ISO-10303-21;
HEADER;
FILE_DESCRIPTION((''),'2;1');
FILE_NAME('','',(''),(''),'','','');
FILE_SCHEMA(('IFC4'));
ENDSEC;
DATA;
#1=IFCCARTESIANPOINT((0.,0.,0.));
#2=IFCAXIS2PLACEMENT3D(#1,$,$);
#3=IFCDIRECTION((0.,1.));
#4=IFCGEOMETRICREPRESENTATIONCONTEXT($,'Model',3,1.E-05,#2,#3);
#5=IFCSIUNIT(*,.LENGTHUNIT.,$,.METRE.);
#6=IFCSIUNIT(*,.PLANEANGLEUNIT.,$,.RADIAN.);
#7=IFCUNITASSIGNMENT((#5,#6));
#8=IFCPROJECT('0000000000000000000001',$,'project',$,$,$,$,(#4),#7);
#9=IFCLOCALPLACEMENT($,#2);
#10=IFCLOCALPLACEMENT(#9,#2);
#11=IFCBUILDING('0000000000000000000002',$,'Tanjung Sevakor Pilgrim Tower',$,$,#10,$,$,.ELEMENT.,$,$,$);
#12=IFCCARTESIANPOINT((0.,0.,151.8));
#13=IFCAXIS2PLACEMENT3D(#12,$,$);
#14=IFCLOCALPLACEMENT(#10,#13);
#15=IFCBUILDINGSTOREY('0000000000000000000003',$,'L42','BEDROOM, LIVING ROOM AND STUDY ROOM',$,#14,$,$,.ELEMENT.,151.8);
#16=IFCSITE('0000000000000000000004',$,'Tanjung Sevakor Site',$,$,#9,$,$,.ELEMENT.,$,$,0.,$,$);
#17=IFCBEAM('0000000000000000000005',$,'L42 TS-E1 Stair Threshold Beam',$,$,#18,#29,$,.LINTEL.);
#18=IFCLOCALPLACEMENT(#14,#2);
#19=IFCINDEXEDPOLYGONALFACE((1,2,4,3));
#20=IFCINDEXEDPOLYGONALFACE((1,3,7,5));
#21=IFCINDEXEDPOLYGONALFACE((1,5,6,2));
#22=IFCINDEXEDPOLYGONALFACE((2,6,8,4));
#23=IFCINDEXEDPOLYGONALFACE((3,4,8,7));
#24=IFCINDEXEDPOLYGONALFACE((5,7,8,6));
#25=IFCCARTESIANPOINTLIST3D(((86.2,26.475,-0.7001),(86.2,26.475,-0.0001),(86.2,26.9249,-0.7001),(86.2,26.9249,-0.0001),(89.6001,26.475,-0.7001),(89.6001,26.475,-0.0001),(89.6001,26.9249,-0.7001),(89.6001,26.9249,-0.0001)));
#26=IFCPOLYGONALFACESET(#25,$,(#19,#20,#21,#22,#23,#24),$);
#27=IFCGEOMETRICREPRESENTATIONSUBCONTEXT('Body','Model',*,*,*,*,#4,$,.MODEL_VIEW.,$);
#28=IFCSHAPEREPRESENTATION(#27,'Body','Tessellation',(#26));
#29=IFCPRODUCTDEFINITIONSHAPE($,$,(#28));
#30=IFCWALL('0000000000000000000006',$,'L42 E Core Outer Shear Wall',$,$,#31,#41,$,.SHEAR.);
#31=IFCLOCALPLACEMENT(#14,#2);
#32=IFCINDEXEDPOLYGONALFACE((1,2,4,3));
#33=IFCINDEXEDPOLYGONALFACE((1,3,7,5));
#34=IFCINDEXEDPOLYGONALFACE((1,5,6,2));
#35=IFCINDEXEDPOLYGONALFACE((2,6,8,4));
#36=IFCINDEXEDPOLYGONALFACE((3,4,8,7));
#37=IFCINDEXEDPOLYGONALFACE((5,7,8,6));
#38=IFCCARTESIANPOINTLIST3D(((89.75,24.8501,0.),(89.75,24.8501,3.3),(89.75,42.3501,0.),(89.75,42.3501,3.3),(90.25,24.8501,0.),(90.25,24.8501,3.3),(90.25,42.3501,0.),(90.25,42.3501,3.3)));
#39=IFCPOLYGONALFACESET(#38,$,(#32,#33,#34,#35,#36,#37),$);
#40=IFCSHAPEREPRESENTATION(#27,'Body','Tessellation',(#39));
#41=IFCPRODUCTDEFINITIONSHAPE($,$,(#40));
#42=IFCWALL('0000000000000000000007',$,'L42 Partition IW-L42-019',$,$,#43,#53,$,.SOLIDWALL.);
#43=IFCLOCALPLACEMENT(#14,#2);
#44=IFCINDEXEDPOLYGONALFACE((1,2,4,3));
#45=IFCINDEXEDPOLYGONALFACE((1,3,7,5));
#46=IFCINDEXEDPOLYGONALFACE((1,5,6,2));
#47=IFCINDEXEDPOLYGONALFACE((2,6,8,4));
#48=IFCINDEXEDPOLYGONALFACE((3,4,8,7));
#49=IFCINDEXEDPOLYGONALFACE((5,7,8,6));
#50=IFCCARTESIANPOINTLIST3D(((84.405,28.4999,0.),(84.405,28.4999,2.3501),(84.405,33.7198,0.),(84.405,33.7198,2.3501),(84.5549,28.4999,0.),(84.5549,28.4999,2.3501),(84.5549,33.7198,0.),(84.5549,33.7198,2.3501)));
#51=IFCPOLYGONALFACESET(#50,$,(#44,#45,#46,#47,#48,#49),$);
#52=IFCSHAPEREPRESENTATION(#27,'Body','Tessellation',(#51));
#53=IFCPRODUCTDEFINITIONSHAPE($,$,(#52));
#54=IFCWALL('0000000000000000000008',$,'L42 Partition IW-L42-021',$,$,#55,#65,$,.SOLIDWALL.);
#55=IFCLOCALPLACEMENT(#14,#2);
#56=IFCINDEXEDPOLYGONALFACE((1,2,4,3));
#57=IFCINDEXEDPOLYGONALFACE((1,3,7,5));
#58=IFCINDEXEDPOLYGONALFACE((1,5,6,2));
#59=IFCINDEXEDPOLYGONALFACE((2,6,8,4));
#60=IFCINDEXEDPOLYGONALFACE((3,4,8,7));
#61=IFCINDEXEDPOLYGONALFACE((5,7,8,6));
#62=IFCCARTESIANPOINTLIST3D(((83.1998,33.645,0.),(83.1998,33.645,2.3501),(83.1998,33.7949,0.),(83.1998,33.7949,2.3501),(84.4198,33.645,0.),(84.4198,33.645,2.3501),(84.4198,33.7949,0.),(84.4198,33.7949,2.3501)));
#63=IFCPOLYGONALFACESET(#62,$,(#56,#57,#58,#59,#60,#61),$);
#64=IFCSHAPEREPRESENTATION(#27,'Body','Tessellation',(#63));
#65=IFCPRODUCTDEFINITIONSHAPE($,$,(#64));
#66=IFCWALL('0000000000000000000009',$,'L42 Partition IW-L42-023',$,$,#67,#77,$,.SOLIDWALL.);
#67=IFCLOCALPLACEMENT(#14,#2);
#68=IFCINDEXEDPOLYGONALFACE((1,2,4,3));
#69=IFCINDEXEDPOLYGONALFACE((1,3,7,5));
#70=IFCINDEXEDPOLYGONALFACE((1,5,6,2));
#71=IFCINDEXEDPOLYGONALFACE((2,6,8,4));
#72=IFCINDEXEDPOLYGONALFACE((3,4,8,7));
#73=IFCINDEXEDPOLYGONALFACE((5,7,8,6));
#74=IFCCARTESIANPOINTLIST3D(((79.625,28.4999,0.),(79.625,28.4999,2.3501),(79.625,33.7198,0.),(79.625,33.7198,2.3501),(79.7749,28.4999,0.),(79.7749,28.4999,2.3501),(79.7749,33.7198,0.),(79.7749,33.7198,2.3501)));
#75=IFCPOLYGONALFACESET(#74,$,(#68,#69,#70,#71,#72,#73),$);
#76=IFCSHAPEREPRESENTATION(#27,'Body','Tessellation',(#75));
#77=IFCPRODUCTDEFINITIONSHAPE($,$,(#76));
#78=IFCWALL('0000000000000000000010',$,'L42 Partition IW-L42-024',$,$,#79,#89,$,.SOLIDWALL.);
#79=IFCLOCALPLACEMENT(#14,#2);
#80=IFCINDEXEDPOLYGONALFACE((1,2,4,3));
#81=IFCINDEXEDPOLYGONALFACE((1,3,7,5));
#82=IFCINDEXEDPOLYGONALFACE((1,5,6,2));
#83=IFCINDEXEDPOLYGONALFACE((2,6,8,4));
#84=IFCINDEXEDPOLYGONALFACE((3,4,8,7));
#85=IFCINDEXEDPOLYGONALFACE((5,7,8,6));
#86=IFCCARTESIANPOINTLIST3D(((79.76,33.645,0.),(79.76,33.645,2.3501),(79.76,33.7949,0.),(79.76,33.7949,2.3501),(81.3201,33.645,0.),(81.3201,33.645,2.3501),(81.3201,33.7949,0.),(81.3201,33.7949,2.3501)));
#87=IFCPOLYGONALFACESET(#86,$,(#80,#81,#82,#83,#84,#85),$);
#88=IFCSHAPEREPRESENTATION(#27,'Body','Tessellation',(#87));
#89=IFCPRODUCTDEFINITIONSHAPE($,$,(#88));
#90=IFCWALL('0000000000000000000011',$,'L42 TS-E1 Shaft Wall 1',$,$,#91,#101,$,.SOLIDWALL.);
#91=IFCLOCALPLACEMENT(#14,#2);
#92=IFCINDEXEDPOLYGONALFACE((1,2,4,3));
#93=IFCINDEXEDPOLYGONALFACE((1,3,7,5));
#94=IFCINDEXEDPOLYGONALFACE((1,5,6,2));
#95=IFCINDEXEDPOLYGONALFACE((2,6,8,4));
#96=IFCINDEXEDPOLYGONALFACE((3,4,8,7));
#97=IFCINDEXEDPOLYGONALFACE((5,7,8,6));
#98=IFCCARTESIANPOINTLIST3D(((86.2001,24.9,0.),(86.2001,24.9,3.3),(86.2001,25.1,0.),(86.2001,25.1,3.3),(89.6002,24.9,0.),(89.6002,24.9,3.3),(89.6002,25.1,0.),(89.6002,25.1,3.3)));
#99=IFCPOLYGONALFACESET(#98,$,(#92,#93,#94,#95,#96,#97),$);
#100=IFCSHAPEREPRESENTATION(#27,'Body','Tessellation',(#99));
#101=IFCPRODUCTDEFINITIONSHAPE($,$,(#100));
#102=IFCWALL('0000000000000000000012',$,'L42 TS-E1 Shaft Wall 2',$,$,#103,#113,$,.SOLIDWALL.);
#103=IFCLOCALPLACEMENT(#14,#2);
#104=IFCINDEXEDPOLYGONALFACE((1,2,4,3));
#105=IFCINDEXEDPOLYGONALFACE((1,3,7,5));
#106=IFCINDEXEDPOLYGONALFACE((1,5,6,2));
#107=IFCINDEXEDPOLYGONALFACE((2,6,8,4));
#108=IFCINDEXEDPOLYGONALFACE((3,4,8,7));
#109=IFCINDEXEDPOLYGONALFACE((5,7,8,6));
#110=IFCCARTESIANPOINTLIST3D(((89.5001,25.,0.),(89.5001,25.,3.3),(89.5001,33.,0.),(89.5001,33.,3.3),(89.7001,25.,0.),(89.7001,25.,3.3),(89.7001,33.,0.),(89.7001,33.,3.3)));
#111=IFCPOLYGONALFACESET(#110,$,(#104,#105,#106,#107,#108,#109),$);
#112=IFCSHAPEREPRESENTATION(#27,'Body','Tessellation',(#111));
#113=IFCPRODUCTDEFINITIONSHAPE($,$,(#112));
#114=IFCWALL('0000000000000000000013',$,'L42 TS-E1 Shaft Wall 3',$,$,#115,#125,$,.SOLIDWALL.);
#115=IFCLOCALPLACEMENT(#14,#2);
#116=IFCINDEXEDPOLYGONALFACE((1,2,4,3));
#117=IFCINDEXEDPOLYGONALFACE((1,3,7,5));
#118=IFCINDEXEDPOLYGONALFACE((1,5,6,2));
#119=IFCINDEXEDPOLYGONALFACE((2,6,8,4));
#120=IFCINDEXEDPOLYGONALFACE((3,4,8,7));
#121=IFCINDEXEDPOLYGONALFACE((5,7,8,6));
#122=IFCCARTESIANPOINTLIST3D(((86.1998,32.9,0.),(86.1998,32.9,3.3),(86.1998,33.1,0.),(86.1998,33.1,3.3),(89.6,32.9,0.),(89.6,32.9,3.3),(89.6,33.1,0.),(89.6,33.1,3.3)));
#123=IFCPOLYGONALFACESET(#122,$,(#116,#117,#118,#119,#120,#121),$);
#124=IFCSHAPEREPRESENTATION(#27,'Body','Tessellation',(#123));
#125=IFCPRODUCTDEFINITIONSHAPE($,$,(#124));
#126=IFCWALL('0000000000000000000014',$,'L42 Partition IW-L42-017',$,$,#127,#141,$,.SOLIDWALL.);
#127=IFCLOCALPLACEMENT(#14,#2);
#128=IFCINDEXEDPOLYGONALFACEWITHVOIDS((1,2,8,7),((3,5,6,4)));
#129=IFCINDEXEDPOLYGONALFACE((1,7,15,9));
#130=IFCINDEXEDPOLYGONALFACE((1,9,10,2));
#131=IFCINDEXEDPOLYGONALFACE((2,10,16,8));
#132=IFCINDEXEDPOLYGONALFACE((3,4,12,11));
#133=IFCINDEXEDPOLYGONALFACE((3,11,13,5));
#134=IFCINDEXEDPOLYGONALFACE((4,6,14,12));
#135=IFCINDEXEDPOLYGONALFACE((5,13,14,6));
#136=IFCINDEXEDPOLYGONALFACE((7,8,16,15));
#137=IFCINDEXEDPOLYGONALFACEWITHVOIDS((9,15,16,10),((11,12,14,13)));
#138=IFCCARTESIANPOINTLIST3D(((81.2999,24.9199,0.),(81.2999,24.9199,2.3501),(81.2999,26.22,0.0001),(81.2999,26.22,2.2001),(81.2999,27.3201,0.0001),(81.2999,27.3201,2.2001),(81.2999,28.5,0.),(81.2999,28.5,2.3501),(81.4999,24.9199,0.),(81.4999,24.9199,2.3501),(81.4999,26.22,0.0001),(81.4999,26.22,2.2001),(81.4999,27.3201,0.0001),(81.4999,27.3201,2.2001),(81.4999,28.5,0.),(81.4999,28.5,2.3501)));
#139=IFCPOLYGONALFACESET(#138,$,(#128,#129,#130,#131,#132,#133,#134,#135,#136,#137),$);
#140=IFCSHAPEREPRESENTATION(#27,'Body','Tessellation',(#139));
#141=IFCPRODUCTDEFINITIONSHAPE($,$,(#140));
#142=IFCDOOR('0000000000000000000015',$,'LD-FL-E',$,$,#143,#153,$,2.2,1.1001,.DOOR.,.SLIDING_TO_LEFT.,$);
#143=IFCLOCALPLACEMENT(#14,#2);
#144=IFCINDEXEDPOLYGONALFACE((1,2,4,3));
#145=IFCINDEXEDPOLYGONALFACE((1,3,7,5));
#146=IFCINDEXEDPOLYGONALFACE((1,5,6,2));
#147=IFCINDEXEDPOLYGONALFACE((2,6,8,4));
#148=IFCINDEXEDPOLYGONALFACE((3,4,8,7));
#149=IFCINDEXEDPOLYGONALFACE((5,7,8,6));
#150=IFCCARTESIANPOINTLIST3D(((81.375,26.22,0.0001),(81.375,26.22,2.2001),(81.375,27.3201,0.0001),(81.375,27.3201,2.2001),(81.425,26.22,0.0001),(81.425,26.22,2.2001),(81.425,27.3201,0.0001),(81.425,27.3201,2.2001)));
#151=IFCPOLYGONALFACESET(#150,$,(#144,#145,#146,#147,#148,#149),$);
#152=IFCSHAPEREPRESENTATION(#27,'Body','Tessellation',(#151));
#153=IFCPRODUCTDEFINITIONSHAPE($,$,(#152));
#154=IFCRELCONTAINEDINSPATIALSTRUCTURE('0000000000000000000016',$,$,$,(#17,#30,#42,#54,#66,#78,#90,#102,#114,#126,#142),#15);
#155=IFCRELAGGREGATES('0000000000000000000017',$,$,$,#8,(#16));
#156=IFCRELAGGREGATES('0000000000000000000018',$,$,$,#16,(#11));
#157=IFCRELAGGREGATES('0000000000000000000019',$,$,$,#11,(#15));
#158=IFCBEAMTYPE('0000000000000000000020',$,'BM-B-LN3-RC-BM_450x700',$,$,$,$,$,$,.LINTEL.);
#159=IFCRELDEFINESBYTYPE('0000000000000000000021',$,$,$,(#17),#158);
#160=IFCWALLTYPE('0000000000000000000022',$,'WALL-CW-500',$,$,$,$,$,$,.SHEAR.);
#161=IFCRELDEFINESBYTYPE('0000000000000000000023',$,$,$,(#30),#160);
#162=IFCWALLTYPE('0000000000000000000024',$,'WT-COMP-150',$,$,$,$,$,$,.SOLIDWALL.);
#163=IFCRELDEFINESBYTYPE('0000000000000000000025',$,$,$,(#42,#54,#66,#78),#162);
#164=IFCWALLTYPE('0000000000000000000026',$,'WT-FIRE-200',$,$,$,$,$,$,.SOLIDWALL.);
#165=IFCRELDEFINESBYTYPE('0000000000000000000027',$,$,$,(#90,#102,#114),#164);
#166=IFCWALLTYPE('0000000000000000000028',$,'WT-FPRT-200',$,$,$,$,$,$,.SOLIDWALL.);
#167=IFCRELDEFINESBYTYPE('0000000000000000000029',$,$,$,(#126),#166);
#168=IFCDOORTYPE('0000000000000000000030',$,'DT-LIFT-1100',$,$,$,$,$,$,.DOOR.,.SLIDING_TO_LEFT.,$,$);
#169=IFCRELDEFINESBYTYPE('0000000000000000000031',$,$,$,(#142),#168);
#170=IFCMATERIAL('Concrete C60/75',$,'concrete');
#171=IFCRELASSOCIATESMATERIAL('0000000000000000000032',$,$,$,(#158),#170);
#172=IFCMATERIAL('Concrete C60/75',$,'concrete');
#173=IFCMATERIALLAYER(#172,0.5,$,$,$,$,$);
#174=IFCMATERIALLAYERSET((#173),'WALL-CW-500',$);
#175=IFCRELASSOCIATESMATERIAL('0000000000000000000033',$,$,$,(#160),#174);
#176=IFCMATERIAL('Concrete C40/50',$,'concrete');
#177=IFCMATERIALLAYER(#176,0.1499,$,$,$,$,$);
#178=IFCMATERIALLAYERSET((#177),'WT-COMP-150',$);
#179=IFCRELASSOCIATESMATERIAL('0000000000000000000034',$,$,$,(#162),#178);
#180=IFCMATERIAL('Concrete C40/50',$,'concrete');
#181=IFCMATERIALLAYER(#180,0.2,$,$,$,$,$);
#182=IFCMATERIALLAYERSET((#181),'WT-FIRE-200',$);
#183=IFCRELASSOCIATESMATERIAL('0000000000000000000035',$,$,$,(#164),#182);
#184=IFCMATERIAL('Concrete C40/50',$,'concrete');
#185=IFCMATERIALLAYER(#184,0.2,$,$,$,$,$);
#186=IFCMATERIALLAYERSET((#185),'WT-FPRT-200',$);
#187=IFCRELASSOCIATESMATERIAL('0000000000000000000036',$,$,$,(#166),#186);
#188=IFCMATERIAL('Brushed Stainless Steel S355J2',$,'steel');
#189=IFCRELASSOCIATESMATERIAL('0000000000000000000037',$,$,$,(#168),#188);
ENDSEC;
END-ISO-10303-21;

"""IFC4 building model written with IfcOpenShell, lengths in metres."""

from ifc_helpers import new_model, si_unit, direction, frame, frame_2d, origin, origin_2d, place, context, subcontext, project, spatial, rectangle, extrude, material, layer, layer_set, material_profile, profile_set, type_object, element, fill, save


model = new_model("IFC4")

# Units and contexts
model_context = context("Model", 3, precision=1e-05, world=origin(), true_north=direction((0.0, 1.0)))
body_context = subcontext(model_context, "Body", "Model", "MODEL_VIEW")
ifc_project = project(units=[si_unit("LENGTHUNIT", "METRE"), si_unit("PLANEANGLEUNIT", "RADIAN")], contexts=[model_context])

# Site, building, storey
site_placement = place(None, origin())
site = spatial("IfcSite", under=ifc_project, at=site_placement, Name="Tanjung Sevakor Site", CompositionType="ELEMENT", RefElevation=0.0)
building_placement = place(site_placement, origin())
building = spatial("IfcBuilding", under=site, at=building_placement, Name="Tanjung Sevakor Pilgrim Tower", CompositionType="ELEMENT")
storey_placement = place(building_placement, frame((0.0, 0.0, 151.8)))
storey = spatial("IfcBuildingStorey", under=building, at=storey_placement, Name="L42", Description="BEDROOM, LIVING ROOM AND STUDY ROOM", CompositionType="ELEMENT", Elevation=151.8)

# Beam
ifc_material_1 = material(Name="Concrete C60/75", Category="concrete")
ifc_material_profile = material_profile(ifc_material_1, rectangle(XDim=0.45, YDim=0.7, at=origin_2d()))
ifc_profile_set = profile_set([ifc_material_profile], Name="Concrete C60/75")
beam_type = type_object("IfcBeamType", Name="BM-B-LN3-RC-BM_450x700", PredefinedType="LINTEL", material=ifc_profile_set)
beam_placement = place(storey_placement, frame((86.2, 26.7, -0.3501), z_axis=(1.0, 0.0, 0.0), x_axis=(0.0, 1.0, 0.0)))
element("IfcBeam", 1, at=beam_placement, inside=storey, type_object=beam_type, Name="L42 TS-E1 Stair Threshold Beam", PredefinedType="LINTEL", context=body_context, shape_type="SweptSolid", body=[
    extrude(rectangle(XDim=0.45, YDim=0.7, at=origin_2d()), origin(), (0.0, 0.0, 1.0), 3.4001),
])

# Wall
ifc_material_2 = material(Name="Concrete C60/75", Category="concrete")
ifc_layer_1 = layer(ifc_material_2, 0.5)
ifc_layer_set_1 = layer_set([ifc_layer_1], Name="WALL-CW-500")
wall_type_1 = type_object("IfcWallType", Name="WALL-CW-500", PredefinedType="SHEAR", material=ifc_layer_set_1)
wall_1_placement = place(storey_placement, frame((90.0, 24.8501, 0.0), z_axis=(0.0, 0.0, 1.0), x_axis=(0.0, 1.0, 0.0)))
element("IfcWall", 2, at=wall_1_placement, inside=storey, type_object=wall_type_1, Name="L42 E Core Outer Shear Wall", PredefinedType="SHEAR", context=body_context, shape_type="SweptSolid", body=[
    extrude(rectangle(XDim=17.5, YDim=0.5, at=frame_2d((8.75, 0.0))), origin(), (0.0, 0.0, 1.0), 3.3),
])

# Walls
ifc_material_3 = material(Name="Concrete C40/50", Category="concrete")
ifc_layer_2 = layer(ifc_material_3, 0.1499)
ifc_layer_set_2 = layer_set([ifc_layer_2], Name="WT-COMP-150")
wall_type_2 = type_object("IfcWallType", Name="WT-COMP-150", PredefinedType="SOLIDWALL", material=ifc_layer_set_2)
wall_2_placement = place(storey_placement, frame((84.48, 28.5, 0.0), z_axis=(0.0, 0.0, 1.0), x_axis=(0.0, 1.0, 0.0)))
element("IfcWall", 3, at=wall_2_placement, inside=storey, type_object=wall_type_2, Name="L42 Partition IW-L42-019", PredefinedType="SOLIDWALL", context=body_context, shape_type="SweptSolid", body=[
    extrude(rectangle(XDim=5.22, YDim=0.1499, at=frame_2d((2.6099, 0.0))), origin(), (0.0, 0.0, 1.0), 2.3501),
])
wall_3_placement = place(storey_placement, frame((83.2, 33.72, 0.0), z_axis=(0.0, 0.0, 1.0), x_axis=(1.0, 0.0, 0.0)))
element("IfcWall", 4, at=wall_3_placement, inside=storey, type_object=wall_type_2, Name="L42 Partition IW-L42-021", PredefinedType="SOLIDWALL", context=body_context, shape_type="SweptSolid", body=[
    extrude(rectangle(XDim=1.22, YDim=0.1499, at=frame_2d((0.6099, 0.0))), origin(), (0.0, 0.0, 1.0), 2.3501),
])

# Walls
wall_4_placement = place(storey_placement, frame((79.7, 28.5, 0.0), z_axis=(0.0, 0.0, 1.0), x_axis=(0.0, 1.0, 0.0)))
element("IfcWall", 5, at=wall_4_placement, inside=storey, type_object=wall_type_2, Name="L42 Partition IW-L42-023", PredefinedType="SOLIDWALL", context=body_context, shape_type="SweptSolid", body=[
    extrude(rectangle(XDim=5.22, YDim=0.1499, at=frame_2d((2.6099, 0.0))), origin(), (0.0, 0.0, 1.0), 2.3501),
])
wall_5_placement = place(storey_placement, frame((79.76, 33.72, 0.0), z_axis=(0.0, 0.0, 1.0), x_axis=(1.0, 0.0, 0.0)))
element("IfcWall", 6, at=wall_5_placement, inside=storey, type_object=wall_type_2, Name="L42 Partition IW-L42-024", PredefinedType="SOLIDWALL", context=body_context, shape_type="SweptSolid", body=[
    extrude(rectangle(XDim=1.5601, YDim=0.1499, at=frame_2d((0.78, 0.0))), origin(), (0.0, 0.0, 1.0), 2.3501),
])

# Walls
ifc_material_4 = material(Name="Concrete C40/50", Category="concrete")
ifc_layer_3 = layer(ifc_material_4, 0.2)
ifc_layer_set_3 = layer_set([ifc_layer_3], Name="WT-FIRE-200")
wall_type_3 = type_object("IfcWallType", Name="WT-FIRE-200", PredefinedType="SOLIDWALL", material=ifc_layer_set_3)
wall_6_placement = place(storey_placement, frame((86.2, 25.0, 0.0), z_axis=(0.0, 0.0, 1.0), x_axis=(1.0, 0.0, 0.0)))
element("IfcWall", 7, at=wall_6_placement, inside=storey, type_object=wall_type_3, Name="L42 TS-E1 Shaft Wall 1", PredefinedType="SOLIDWALL", context=body_context, shape_type="SweptSolid", body=[
    extrude(rectangle(XDim=3.4001, YDim=0.2, at=frame_2d((1.7002, 0.0))), origin(), (0.0, 0.0, 1.0), 3.3),
])
wall_7_placement = place(storey_placement, frame((89.6001, 25.0, 0.0), z_axis=(0.0, 0.0, 1.0), x_axis=(0.0, 1.0, 0.0)))
element("IfcWall", 8, at=wall_7_placement, inside=storey, type_object=wall_type_3, Name="L42 TS-E1 Shaft Wall 2", PredefinedType="SOLIDWALL", context=body_context, shape_type="SweptSolid", body=[
    extrude(rectangle(XDim=8.0, YDim=0.2, at=frame_2d((4.0, 0.0))), origin(), (0.0, 0.0, 1.0), 3.3),
])
wall_8_placement = place(storey_placement, frame((89.6001, 33.0, 0.0), z_axis=(0.0, 0.0, 1.0), x_axis=(-1.0, 0.0, 0.0)))
element("IfcWall", 9, at=wall_8_placement, inside=storey, type_object=wall_type_3, Name="L42 TS-E1 Shaft Wall 3", PredefinedType="SOLIDWALL", context=body_context, shape_type="SweptSolid", body=[
    extrude(rectangle(XDim=3.4001, YDim=0.2, at=frame_2d((1.7002, 0.0))), origin(), (0.0, 0.0, 1.0), 3.3),
])

# Wall, opening, door
ifc_material_5 = material(Name="Concrete C40/50", Category="concrete")
ifc_layer_4 = layer(ifc_material_5, 0.2)
ifc_layer_set_4 = layer_set([ifc_layer_4], Name="WT-FPRT-200")
wall_type_4 = type_object("IfcWallType", Name="WT-FPRT-200", PredefinedType="SOLIDWALL", material=ifc_layer_set_4)
wall_9_placement = place(storey_placement, frame((81.3999, 24.9199, 0.0), z_axis=(0.0, 0.0, 1.0), x_axis=(0.0, 1.0, 0.0)))
wall_9 = element("IfcWall", 10, at=wall_9_placement, inside=storey, type_object=wall_type_4, Name="L42 Partition IW-L42-017", PredefinedType="SOLIDWALL", context=body_context, shape_type="SweptSolid", body=[
    extrude(rectangle(XDim=3.5801, YDim=0.2, at=frame_2d((1.79, 0.0))), origin(), (0.0, 0.0, 1.0), 2.3501),
])
opening_1_placement = place(wall_9_placement, frame((1.3, 0.0, 0.0)))
opening_1 = element("IfcOpeningElement", 11, at=opening_1_placement, cuts=wall_9, PredefinedType="OPENING", context=body_context, shape_type="SweptSolid", body=[
    extrude(rectangle(XDim=1.1001, YDim=2.2, at=frame_2d((0.55, 1.1001))), frame((0.0, 0.1099, 0.0), z_axis=(0.0, -1.0, 0.0), x_axis=(1.0, 0.0, 0.0)), (0.0, 0.0, 1.0), 0.22),
])
ifc_material_6 = material(Name="Brushed Stainless Steel S355J2", Category="steel")
door_type_1 = type_object("IfcDoorType", Name="DT-LIFT-1100", OperationType="SLIDING_TO_LEFT", PredefinedType="DOOR", material=ifc_material_6)
door_1_placement = place(opening_1_placement, origin())
door_1 = element("IfcDoor", 12, at=door_1_placement, inside=storey, type_object=door_type_1, Name="LD-FL-E", OperationType="SLIDING_TO_LEFT", OverallHeight=2.2, OverallWidth=1.1001, PredefinedType="DOOR", context=body_context, shape_type="SweptSolid", body=[
    extrude(rectangle(XDim=1.1001, YDim=2.2, at=frame_2d((0.55, 1.1001))), frame((0.0, 0.0249, 0.0), z_axis=(0.0, -1.0, 0.0), x_axis=(1.0, 0.0, 0.0)), (0.0, 0.0, 1.0), 0.05),
])
fill(opening_1, door_1)

save(model, "model.ifc")
